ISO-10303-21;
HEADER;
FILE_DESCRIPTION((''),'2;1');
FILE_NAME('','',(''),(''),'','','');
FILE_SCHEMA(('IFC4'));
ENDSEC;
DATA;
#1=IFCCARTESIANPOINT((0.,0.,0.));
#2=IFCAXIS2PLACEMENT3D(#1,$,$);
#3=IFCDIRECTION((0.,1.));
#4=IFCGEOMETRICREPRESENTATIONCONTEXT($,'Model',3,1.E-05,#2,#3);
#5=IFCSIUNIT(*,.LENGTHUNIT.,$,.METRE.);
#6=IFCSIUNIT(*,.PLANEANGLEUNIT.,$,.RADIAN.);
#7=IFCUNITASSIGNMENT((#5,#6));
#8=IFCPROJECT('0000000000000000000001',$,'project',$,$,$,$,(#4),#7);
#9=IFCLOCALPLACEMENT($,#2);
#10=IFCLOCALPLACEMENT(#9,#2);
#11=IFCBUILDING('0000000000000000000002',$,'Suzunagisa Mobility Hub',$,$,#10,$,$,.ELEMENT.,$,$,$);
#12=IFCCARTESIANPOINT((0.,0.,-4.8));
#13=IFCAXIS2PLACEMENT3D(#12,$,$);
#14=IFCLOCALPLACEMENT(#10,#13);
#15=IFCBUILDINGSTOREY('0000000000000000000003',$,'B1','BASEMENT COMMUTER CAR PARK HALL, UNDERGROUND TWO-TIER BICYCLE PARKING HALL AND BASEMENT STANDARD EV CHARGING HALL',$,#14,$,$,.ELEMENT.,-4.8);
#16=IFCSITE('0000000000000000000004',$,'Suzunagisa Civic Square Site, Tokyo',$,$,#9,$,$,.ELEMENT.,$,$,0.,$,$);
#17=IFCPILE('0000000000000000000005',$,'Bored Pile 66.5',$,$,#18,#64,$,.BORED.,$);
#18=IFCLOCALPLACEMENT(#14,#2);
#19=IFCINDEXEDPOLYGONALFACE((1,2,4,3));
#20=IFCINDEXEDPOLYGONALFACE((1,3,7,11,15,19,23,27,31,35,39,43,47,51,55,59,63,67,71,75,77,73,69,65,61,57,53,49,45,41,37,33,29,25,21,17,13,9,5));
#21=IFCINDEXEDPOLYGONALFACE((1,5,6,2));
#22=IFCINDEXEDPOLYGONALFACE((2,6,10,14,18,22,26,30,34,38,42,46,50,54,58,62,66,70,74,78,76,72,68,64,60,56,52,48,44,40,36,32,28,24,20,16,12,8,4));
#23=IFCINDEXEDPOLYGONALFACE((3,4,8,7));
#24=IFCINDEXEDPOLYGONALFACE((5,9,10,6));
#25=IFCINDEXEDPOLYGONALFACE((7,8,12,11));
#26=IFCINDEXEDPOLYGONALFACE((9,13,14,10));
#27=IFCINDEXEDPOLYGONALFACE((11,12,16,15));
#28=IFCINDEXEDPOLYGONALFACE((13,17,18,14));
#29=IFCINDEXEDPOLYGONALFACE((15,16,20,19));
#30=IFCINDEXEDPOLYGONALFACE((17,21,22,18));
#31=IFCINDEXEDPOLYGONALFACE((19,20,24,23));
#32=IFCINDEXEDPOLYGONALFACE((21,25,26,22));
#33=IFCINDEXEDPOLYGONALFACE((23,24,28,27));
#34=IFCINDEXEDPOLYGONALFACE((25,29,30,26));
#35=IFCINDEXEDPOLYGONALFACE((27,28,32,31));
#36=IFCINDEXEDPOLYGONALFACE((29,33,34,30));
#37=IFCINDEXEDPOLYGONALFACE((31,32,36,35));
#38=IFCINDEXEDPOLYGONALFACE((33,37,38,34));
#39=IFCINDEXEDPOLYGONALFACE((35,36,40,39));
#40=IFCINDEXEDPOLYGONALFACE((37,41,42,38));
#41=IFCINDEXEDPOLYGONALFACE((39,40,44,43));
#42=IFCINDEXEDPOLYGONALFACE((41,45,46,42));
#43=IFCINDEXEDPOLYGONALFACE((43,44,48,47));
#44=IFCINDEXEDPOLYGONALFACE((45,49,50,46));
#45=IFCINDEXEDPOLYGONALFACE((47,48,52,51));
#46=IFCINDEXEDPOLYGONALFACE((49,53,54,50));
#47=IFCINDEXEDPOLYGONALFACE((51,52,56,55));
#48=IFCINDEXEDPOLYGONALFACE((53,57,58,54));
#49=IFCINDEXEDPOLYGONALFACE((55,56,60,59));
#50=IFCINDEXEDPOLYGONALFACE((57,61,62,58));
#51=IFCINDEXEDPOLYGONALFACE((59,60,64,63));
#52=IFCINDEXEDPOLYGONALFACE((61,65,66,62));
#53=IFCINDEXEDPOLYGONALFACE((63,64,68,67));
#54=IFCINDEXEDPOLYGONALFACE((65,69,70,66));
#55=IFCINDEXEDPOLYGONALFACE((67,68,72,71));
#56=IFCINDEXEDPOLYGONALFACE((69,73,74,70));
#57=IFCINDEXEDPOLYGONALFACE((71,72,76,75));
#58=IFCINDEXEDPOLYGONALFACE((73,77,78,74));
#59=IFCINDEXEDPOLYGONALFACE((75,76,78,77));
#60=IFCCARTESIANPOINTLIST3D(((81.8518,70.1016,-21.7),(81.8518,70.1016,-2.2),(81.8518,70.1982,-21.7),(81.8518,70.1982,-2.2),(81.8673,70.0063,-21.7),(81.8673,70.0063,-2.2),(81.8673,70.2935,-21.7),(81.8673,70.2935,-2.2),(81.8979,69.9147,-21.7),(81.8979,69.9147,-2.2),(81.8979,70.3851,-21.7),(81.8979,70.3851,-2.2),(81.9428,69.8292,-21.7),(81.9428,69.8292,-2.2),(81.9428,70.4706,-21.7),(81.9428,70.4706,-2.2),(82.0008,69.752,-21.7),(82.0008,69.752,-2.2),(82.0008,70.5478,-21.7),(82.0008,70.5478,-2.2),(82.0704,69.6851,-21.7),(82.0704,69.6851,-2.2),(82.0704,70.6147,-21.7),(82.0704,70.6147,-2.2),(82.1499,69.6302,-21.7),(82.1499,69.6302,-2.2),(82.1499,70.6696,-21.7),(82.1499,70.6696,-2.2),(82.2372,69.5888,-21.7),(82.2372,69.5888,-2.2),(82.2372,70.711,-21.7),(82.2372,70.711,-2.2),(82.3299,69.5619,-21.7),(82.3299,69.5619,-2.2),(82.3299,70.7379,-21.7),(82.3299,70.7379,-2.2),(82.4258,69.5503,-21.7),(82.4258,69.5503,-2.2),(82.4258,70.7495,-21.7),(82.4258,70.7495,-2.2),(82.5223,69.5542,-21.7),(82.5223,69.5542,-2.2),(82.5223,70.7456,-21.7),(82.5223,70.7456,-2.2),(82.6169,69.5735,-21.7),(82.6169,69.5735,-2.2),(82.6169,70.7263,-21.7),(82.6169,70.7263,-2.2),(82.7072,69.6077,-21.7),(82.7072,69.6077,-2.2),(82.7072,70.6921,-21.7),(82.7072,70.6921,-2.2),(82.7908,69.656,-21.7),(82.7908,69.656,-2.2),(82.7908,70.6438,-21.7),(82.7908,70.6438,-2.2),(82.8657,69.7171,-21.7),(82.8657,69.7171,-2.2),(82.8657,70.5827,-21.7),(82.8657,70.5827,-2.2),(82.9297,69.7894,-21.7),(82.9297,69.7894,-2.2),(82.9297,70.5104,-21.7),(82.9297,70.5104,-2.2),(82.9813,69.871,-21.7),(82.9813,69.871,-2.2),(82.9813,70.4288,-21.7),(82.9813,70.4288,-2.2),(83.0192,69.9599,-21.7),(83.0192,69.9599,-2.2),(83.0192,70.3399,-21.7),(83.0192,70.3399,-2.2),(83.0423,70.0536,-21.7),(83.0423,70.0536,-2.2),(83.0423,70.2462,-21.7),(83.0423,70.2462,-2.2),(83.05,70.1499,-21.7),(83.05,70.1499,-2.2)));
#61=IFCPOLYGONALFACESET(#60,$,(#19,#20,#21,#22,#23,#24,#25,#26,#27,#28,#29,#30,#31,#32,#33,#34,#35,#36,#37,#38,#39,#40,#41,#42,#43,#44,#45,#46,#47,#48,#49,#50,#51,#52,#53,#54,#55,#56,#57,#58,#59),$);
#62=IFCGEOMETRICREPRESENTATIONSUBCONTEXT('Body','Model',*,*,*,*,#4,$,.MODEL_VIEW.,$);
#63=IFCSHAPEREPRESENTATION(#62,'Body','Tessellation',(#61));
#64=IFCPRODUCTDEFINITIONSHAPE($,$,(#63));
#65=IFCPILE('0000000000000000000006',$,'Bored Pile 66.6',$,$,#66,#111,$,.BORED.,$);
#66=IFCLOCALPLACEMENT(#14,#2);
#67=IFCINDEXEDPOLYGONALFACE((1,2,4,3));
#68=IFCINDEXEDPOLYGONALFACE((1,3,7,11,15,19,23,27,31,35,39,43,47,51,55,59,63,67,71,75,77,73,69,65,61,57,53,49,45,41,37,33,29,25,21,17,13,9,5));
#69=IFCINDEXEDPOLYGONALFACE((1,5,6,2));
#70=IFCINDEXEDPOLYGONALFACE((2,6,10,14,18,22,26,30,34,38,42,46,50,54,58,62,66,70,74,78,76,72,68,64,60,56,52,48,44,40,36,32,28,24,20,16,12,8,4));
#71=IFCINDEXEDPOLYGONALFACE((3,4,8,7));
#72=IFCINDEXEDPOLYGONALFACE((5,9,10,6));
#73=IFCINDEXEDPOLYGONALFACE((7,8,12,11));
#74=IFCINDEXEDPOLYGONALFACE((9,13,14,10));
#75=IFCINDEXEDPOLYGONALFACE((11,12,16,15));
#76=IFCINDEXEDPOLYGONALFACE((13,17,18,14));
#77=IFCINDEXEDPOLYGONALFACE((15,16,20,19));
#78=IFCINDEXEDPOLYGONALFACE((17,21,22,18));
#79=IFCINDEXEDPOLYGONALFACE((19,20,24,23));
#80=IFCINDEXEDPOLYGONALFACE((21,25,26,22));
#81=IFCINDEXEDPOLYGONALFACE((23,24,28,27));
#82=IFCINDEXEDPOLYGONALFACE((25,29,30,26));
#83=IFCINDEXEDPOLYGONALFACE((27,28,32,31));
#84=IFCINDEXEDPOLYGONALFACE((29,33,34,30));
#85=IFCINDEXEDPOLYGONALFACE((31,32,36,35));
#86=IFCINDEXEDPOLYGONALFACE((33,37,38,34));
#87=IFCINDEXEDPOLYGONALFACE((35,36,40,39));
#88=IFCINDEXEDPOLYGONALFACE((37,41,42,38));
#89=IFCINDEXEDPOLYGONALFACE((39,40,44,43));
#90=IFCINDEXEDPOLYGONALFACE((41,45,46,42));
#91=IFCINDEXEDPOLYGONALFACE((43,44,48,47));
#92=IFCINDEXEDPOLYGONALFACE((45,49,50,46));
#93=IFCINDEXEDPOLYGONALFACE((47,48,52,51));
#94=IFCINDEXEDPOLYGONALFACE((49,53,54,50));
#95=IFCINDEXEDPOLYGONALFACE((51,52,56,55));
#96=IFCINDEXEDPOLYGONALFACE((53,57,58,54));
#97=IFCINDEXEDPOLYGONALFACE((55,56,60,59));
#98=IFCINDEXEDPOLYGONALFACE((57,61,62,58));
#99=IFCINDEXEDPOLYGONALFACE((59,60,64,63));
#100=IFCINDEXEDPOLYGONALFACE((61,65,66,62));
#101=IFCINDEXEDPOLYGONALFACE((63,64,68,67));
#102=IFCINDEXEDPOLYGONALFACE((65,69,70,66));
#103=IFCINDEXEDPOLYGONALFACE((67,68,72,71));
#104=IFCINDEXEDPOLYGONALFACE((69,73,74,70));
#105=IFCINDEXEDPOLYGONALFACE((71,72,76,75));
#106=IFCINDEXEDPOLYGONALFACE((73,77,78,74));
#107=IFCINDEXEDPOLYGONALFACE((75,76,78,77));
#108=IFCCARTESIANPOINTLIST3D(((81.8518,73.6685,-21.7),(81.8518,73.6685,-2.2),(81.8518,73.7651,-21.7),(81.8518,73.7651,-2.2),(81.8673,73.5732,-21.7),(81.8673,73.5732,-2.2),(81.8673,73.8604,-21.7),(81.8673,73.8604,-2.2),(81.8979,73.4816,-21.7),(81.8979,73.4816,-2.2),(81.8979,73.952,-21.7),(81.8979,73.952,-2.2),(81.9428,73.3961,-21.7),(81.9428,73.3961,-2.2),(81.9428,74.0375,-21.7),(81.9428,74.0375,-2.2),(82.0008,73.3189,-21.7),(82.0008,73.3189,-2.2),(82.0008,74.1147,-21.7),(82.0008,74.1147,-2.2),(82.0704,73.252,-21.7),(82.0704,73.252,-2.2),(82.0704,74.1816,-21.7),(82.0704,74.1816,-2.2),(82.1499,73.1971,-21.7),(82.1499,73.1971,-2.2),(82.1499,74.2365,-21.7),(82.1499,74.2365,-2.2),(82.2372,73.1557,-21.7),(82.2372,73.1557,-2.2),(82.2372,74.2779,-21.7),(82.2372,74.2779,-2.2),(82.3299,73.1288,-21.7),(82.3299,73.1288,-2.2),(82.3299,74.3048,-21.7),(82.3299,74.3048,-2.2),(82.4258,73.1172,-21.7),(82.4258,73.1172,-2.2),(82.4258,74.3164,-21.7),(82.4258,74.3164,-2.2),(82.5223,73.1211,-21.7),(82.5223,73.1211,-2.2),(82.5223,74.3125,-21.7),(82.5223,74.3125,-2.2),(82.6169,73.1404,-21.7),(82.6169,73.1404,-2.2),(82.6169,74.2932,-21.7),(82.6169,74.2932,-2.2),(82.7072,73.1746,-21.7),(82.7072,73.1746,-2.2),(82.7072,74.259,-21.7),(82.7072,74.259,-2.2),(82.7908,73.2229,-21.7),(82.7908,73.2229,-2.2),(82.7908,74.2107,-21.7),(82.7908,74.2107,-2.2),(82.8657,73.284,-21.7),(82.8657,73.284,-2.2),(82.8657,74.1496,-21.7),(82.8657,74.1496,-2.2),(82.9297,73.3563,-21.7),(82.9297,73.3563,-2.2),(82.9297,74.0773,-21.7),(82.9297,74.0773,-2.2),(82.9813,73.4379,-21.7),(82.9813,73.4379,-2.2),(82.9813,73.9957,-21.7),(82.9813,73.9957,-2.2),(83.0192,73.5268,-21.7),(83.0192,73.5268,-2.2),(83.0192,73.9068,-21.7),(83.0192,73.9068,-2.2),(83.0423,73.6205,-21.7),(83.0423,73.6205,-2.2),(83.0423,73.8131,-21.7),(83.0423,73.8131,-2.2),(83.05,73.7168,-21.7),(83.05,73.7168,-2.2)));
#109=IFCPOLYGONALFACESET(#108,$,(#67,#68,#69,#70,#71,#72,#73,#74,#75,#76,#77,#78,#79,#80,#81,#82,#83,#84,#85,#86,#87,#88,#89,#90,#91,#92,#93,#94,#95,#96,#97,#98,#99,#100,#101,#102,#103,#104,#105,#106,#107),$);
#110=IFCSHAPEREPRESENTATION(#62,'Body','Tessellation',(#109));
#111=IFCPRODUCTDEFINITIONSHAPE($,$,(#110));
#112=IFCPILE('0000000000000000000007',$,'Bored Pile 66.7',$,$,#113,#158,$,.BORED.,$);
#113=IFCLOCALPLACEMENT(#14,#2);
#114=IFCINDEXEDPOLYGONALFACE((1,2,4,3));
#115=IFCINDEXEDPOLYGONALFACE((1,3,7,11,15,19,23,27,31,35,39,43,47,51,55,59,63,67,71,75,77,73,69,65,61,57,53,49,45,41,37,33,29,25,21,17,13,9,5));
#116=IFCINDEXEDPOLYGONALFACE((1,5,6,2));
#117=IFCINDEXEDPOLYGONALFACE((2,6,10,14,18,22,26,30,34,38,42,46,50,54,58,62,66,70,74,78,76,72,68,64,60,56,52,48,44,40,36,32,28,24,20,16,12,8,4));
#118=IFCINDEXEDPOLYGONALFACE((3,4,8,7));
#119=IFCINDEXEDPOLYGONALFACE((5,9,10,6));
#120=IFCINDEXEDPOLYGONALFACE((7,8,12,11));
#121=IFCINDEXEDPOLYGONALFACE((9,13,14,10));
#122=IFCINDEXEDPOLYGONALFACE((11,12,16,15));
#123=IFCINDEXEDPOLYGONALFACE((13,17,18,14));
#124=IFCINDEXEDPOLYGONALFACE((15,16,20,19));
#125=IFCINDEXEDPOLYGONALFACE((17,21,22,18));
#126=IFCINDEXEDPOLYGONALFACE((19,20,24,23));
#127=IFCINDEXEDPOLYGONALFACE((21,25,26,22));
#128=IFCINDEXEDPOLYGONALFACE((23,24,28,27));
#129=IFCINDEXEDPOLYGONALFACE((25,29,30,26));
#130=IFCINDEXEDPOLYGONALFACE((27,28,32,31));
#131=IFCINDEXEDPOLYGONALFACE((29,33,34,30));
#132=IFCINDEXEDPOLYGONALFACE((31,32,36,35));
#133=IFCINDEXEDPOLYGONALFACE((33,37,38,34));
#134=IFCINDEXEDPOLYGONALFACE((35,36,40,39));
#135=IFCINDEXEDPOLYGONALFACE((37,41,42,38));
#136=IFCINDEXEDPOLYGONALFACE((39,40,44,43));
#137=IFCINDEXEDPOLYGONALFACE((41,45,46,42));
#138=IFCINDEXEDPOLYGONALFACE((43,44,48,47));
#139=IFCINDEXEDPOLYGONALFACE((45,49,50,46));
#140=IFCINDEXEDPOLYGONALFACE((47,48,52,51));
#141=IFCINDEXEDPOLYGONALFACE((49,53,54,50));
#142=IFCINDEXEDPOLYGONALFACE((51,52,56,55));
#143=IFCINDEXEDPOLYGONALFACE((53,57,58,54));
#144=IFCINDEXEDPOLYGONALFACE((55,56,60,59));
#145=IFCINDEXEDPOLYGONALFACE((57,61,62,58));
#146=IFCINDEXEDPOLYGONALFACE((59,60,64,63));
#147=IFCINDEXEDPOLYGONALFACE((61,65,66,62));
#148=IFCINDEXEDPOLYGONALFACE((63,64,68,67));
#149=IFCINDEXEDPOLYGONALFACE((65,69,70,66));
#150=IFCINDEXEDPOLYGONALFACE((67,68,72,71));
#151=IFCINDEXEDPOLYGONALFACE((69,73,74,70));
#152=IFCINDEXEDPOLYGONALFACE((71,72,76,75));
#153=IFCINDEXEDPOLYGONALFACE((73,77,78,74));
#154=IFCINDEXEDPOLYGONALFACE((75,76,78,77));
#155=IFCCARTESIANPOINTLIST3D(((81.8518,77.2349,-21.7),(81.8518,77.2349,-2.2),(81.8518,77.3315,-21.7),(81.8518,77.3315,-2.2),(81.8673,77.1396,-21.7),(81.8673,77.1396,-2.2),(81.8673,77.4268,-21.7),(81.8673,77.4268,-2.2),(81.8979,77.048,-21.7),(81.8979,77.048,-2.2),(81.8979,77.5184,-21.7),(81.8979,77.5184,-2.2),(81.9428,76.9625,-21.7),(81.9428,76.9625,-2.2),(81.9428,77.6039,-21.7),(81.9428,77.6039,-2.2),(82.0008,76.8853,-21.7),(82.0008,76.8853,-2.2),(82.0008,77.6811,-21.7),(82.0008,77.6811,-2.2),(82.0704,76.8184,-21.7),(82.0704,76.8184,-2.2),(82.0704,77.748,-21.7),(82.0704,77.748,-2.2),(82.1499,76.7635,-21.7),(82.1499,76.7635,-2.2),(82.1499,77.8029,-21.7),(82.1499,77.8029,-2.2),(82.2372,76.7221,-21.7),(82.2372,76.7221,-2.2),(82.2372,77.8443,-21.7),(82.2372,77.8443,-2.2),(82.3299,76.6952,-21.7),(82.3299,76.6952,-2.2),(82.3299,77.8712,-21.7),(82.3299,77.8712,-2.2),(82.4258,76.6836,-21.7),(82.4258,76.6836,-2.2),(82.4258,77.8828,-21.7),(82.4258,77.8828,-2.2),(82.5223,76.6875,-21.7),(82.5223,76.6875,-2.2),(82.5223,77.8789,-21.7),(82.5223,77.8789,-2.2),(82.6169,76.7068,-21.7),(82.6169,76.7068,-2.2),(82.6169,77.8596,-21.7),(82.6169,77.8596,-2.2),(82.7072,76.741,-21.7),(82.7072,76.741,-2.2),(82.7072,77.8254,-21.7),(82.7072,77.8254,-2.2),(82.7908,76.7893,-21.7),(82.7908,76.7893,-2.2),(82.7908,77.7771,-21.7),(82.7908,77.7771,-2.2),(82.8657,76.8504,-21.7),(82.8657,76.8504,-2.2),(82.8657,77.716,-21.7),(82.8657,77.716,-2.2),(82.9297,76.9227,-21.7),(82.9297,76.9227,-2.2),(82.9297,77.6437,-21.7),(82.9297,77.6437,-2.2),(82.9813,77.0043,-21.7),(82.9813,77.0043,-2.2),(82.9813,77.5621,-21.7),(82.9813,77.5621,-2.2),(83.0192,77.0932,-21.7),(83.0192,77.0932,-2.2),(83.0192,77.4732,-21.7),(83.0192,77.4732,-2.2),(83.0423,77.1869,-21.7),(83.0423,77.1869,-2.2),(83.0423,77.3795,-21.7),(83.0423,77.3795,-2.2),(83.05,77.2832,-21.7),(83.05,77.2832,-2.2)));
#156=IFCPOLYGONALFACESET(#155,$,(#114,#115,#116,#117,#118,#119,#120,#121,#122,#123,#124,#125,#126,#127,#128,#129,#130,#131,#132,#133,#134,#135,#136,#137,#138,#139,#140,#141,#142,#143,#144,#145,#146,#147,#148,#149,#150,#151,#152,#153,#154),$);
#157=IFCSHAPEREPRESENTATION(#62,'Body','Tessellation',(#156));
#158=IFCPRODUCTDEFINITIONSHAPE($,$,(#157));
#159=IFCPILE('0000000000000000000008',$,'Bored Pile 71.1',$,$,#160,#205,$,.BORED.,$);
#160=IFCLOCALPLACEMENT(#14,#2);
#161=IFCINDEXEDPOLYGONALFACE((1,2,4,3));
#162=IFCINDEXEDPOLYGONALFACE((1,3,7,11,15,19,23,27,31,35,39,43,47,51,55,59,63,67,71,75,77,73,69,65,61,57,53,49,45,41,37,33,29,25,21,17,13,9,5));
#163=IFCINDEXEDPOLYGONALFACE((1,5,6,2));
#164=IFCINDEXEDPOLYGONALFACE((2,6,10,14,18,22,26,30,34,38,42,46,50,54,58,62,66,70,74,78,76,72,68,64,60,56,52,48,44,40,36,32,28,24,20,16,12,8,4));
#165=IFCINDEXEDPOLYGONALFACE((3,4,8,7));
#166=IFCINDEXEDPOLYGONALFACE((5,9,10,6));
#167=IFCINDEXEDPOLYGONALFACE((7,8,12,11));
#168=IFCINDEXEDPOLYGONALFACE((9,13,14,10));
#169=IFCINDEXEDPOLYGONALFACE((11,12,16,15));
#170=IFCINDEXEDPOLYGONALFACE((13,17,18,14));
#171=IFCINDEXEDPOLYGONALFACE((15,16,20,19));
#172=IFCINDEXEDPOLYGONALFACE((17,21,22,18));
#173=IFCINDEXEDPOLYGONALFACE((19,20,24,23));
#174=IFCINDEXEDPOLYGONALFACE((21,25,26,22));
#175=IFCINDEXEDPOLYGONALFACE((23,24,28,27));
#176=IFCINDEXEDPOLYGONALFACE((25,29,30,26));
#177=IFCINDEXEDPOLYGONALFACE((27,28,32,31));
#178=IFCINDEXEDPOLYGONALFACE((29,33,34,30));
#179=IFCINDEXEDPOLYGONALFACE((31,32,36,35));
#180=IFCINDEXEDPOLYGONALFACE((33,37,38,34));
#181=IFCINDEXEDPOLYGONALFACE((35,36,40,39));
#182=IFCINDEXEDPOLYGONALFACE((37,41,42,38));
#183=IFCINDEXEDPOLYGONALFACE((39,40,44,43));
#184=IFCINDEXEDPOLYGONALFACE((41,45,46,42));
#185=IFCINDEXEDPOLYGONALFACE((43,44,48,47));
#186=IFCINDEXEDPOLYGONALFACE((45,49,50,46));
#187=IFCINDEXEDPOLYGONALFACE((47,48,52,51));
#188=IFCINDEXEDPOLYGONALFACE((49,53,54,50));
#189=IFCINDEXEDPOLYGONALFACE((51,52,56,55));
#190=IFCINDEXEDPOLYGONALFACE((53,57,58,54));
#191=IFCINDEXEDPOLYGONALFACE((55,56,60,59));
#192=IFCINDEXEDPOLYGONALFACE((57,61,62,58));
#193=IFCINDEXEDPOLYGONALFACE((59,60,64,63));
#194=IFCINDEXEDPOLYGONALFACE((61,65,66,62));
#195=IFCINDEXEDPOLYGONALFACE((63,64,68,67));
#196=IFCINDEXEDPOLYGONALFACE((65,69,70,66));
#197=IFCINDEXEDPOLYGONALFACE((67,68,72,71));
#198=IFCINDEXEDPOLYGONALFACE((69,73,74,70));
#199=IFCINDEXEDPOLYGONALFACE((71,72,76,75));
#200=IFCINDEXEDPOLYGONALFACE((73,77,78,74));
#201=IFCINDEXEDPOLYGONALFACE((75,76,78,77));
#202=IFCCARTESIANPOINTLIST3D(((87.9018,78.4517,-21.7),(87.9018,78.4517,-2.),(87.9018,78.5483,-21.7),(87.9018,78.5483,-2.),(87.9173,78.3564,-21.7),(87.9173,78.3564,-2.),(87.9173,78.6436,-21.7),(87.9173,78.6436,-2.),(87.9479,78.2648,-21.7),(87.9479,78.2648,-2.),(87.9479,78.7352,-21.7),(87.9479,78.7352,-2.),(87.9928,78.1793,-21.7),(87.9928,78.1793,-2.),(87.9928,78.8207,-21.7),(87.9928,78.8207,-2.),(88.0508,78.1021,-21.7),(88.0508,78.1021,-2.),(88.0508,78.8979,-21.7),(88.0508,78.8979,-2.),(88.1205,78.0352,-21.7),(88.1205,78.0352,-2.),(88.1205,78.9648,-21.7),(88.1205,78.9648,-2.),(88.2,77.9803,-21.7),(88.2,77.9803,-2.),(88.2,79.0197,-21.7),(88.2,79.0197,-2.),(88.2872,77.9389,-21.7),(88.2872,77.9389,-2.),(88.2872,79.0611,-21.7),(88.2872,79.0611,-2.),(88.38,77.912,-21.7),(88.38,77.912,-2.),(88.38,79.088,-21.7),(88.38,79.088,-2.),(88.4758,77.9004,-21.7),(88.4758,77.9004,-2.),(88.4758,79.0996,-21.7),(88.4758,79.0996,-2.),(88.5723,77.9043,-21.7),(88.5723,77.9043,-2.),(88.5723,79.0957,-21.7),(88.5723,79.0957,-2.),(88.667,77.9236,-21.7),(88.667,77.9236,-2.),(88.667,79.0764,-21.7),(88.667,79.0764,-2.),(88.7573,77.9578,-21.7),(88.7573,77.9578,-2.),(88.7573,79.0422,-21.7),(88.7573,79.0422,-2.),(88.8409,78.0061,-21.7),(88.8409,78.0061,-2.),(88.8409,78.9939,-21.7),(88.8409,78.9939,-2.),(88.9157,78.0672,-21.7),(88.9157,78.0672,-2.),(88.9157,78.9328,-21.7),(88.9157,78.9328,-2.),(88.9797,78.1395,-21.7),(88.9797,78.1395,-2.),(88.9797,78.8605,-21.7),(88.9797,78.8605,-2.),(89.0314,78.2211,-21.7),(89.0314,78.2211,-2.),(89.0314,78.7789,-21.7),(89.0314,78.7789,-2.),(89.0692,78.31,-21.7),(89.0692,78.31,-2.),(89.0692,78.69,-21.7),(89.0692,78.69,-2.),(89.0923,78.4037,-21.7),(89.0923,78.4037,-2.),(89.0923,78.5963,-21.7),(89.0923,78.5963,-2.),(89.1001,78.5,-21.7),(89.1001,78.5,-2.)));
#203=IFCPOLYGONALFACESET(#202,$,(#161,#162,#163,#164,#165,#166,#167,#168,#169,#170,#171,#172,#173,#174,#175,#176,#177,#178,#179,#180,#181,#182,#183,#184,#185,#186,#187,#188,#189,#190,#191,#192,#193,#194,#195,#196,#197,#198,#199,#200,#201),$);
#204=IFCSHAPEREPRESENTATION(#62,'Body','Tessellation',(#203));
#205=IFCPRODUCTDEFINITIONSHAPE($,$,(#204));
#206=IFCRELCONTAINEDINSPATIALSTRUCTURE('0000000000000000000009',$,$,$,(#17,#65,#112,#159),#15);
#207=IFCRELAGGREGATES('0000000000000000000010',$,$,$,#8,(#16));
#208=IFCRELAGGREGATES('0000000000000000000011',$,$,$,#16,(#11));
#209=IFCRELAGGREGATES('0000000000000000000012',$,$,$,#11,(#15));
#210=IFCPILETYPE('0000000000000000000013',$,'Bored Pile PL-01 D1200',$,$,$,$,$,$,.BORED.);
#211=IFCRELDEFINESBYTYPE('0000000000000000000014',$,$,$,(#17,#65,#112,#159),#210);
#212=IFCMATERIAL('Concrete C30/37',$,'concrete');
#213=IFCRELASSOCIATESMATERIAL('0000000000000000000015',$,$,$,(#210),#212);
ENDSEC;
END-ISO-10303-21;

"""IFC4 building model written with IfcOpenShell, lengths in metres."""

from ifc_helpers import new_model, si_unit, direction, frame, origin, origin_2d, place, context, subcontext, project, spatial, circle, extrude, material, material_profile, profile_set, type_object, element, save


model = new_model("IFC4")

# Units and contexts
model_context = context("Model", 3, precision=1e-05, world=origin(), true_north=direction((0.0, 1.0)))
body_context = subcontext(model_context, "Body", "Model", "MODEL_VIEW")
ifc_project = project(units=[si_unit("LENGTHUNIT", "METRE"), si_unit("PLANEANGLEUNIT", "RADIAN")], contexts=[model_context])

# Site, building, storey
site_placement = place(None, origin())
site = spatial("IfcSite", under=ifc_project, at=site_placement, Name="Suzunagisa Civic Square Site, Tokyo", CompositionType="ELEMENT", RefElevation=0.0)
building_placement = place(site_placement, origin())
building = spatial("IfcBuilding", under=site, at=building_placement, Name="Suzunagisa Mobility Hub", CompositionType="ELEMENT")
storey_placement = place(building_placement, frame((0.0, 0.0, -4.8)))
storey = spatial("IfcBuildingStorey", under=building, at=storey_placement, Name="B1", Description="BASEMENT COMMUTER CAR PARK HALL, UNDERGROUND TWO-TIER BICYCLE PARKING HALL AND BASEMENT STANDARD EV CHARGING HALL", CompositionType="ELEMENT", Elevation=-4.8)

# Piles
ifc_material_1 = material(Name="Concrete C30/37", Category="concrete")
ifc_material_profile_1 = material_profile(ifc_material_1, circle(Radius=0.6001, at=origin_2d()), Name="BORED PILE D1200")
ifc_profile_set_1 = profile_set([ifc_material_profile_1], Name="Concrete C30/37")
pile_type_1 = type_object("IfcPileType", Name="Bored Pile PL-01 D1200", PredefinedType="BORED", material=ifc_profile_set_1)
for number, where, z_axis, x_axis, name in (
    (1, (82.45, 70.1499, -2.2), (0.0, 0.0, -1.0), (1.0, 0.0, 0.0), "Bored Pile 66.5"),
    (2, (82.45, 73.7168, -2.2), (0.0, 0.0, -1.0), (1.0, 0.0, 0.0), "Bored Pile 66.6"),
    (3, (82.45, 77.2832, -2.2), (0.0, 0.0, -1.0), (1.0, 0.0, 0.0), "Bored Pile 66.7"),
):
    element("IfcPile", number, at=place(storey_placement, frame(where, z_axis=z_axis, x_axis=x_axis)), inside=storey, type_object=pile_type_1, Name=name, PredefinedType="BORED", context=body_context, shape_type="SweptSolid", body=[
        extrude(circle(Radius=0.6001, at=origin_2d()), origin(), (0.0, 0.0, 1.0), 19.5),
    ])
for number, where, z_axis, x_axis, name in (
    (4, (88.5, 78.5, -2.0), (0.0, 0.0, -1.0), (1.0, 0.0, 0.0), "Bored Pile 71.1"),
):
    element("IfcPile", number, at=place(storey_placement, frame(where, z_axis=z_axis, x_axis=x_axis)), inside=storey, type_object=pile_type_1, Name=name, PredefinedType="BORED", context=body_context, shape_type="SweptSolid", body=[
        extrude(circle(Radius=0.6001, at=origin_2d()), origin(), (0.0, 0.0, 1.0), 19.7),
    ])

save(model, "model.ifc")
